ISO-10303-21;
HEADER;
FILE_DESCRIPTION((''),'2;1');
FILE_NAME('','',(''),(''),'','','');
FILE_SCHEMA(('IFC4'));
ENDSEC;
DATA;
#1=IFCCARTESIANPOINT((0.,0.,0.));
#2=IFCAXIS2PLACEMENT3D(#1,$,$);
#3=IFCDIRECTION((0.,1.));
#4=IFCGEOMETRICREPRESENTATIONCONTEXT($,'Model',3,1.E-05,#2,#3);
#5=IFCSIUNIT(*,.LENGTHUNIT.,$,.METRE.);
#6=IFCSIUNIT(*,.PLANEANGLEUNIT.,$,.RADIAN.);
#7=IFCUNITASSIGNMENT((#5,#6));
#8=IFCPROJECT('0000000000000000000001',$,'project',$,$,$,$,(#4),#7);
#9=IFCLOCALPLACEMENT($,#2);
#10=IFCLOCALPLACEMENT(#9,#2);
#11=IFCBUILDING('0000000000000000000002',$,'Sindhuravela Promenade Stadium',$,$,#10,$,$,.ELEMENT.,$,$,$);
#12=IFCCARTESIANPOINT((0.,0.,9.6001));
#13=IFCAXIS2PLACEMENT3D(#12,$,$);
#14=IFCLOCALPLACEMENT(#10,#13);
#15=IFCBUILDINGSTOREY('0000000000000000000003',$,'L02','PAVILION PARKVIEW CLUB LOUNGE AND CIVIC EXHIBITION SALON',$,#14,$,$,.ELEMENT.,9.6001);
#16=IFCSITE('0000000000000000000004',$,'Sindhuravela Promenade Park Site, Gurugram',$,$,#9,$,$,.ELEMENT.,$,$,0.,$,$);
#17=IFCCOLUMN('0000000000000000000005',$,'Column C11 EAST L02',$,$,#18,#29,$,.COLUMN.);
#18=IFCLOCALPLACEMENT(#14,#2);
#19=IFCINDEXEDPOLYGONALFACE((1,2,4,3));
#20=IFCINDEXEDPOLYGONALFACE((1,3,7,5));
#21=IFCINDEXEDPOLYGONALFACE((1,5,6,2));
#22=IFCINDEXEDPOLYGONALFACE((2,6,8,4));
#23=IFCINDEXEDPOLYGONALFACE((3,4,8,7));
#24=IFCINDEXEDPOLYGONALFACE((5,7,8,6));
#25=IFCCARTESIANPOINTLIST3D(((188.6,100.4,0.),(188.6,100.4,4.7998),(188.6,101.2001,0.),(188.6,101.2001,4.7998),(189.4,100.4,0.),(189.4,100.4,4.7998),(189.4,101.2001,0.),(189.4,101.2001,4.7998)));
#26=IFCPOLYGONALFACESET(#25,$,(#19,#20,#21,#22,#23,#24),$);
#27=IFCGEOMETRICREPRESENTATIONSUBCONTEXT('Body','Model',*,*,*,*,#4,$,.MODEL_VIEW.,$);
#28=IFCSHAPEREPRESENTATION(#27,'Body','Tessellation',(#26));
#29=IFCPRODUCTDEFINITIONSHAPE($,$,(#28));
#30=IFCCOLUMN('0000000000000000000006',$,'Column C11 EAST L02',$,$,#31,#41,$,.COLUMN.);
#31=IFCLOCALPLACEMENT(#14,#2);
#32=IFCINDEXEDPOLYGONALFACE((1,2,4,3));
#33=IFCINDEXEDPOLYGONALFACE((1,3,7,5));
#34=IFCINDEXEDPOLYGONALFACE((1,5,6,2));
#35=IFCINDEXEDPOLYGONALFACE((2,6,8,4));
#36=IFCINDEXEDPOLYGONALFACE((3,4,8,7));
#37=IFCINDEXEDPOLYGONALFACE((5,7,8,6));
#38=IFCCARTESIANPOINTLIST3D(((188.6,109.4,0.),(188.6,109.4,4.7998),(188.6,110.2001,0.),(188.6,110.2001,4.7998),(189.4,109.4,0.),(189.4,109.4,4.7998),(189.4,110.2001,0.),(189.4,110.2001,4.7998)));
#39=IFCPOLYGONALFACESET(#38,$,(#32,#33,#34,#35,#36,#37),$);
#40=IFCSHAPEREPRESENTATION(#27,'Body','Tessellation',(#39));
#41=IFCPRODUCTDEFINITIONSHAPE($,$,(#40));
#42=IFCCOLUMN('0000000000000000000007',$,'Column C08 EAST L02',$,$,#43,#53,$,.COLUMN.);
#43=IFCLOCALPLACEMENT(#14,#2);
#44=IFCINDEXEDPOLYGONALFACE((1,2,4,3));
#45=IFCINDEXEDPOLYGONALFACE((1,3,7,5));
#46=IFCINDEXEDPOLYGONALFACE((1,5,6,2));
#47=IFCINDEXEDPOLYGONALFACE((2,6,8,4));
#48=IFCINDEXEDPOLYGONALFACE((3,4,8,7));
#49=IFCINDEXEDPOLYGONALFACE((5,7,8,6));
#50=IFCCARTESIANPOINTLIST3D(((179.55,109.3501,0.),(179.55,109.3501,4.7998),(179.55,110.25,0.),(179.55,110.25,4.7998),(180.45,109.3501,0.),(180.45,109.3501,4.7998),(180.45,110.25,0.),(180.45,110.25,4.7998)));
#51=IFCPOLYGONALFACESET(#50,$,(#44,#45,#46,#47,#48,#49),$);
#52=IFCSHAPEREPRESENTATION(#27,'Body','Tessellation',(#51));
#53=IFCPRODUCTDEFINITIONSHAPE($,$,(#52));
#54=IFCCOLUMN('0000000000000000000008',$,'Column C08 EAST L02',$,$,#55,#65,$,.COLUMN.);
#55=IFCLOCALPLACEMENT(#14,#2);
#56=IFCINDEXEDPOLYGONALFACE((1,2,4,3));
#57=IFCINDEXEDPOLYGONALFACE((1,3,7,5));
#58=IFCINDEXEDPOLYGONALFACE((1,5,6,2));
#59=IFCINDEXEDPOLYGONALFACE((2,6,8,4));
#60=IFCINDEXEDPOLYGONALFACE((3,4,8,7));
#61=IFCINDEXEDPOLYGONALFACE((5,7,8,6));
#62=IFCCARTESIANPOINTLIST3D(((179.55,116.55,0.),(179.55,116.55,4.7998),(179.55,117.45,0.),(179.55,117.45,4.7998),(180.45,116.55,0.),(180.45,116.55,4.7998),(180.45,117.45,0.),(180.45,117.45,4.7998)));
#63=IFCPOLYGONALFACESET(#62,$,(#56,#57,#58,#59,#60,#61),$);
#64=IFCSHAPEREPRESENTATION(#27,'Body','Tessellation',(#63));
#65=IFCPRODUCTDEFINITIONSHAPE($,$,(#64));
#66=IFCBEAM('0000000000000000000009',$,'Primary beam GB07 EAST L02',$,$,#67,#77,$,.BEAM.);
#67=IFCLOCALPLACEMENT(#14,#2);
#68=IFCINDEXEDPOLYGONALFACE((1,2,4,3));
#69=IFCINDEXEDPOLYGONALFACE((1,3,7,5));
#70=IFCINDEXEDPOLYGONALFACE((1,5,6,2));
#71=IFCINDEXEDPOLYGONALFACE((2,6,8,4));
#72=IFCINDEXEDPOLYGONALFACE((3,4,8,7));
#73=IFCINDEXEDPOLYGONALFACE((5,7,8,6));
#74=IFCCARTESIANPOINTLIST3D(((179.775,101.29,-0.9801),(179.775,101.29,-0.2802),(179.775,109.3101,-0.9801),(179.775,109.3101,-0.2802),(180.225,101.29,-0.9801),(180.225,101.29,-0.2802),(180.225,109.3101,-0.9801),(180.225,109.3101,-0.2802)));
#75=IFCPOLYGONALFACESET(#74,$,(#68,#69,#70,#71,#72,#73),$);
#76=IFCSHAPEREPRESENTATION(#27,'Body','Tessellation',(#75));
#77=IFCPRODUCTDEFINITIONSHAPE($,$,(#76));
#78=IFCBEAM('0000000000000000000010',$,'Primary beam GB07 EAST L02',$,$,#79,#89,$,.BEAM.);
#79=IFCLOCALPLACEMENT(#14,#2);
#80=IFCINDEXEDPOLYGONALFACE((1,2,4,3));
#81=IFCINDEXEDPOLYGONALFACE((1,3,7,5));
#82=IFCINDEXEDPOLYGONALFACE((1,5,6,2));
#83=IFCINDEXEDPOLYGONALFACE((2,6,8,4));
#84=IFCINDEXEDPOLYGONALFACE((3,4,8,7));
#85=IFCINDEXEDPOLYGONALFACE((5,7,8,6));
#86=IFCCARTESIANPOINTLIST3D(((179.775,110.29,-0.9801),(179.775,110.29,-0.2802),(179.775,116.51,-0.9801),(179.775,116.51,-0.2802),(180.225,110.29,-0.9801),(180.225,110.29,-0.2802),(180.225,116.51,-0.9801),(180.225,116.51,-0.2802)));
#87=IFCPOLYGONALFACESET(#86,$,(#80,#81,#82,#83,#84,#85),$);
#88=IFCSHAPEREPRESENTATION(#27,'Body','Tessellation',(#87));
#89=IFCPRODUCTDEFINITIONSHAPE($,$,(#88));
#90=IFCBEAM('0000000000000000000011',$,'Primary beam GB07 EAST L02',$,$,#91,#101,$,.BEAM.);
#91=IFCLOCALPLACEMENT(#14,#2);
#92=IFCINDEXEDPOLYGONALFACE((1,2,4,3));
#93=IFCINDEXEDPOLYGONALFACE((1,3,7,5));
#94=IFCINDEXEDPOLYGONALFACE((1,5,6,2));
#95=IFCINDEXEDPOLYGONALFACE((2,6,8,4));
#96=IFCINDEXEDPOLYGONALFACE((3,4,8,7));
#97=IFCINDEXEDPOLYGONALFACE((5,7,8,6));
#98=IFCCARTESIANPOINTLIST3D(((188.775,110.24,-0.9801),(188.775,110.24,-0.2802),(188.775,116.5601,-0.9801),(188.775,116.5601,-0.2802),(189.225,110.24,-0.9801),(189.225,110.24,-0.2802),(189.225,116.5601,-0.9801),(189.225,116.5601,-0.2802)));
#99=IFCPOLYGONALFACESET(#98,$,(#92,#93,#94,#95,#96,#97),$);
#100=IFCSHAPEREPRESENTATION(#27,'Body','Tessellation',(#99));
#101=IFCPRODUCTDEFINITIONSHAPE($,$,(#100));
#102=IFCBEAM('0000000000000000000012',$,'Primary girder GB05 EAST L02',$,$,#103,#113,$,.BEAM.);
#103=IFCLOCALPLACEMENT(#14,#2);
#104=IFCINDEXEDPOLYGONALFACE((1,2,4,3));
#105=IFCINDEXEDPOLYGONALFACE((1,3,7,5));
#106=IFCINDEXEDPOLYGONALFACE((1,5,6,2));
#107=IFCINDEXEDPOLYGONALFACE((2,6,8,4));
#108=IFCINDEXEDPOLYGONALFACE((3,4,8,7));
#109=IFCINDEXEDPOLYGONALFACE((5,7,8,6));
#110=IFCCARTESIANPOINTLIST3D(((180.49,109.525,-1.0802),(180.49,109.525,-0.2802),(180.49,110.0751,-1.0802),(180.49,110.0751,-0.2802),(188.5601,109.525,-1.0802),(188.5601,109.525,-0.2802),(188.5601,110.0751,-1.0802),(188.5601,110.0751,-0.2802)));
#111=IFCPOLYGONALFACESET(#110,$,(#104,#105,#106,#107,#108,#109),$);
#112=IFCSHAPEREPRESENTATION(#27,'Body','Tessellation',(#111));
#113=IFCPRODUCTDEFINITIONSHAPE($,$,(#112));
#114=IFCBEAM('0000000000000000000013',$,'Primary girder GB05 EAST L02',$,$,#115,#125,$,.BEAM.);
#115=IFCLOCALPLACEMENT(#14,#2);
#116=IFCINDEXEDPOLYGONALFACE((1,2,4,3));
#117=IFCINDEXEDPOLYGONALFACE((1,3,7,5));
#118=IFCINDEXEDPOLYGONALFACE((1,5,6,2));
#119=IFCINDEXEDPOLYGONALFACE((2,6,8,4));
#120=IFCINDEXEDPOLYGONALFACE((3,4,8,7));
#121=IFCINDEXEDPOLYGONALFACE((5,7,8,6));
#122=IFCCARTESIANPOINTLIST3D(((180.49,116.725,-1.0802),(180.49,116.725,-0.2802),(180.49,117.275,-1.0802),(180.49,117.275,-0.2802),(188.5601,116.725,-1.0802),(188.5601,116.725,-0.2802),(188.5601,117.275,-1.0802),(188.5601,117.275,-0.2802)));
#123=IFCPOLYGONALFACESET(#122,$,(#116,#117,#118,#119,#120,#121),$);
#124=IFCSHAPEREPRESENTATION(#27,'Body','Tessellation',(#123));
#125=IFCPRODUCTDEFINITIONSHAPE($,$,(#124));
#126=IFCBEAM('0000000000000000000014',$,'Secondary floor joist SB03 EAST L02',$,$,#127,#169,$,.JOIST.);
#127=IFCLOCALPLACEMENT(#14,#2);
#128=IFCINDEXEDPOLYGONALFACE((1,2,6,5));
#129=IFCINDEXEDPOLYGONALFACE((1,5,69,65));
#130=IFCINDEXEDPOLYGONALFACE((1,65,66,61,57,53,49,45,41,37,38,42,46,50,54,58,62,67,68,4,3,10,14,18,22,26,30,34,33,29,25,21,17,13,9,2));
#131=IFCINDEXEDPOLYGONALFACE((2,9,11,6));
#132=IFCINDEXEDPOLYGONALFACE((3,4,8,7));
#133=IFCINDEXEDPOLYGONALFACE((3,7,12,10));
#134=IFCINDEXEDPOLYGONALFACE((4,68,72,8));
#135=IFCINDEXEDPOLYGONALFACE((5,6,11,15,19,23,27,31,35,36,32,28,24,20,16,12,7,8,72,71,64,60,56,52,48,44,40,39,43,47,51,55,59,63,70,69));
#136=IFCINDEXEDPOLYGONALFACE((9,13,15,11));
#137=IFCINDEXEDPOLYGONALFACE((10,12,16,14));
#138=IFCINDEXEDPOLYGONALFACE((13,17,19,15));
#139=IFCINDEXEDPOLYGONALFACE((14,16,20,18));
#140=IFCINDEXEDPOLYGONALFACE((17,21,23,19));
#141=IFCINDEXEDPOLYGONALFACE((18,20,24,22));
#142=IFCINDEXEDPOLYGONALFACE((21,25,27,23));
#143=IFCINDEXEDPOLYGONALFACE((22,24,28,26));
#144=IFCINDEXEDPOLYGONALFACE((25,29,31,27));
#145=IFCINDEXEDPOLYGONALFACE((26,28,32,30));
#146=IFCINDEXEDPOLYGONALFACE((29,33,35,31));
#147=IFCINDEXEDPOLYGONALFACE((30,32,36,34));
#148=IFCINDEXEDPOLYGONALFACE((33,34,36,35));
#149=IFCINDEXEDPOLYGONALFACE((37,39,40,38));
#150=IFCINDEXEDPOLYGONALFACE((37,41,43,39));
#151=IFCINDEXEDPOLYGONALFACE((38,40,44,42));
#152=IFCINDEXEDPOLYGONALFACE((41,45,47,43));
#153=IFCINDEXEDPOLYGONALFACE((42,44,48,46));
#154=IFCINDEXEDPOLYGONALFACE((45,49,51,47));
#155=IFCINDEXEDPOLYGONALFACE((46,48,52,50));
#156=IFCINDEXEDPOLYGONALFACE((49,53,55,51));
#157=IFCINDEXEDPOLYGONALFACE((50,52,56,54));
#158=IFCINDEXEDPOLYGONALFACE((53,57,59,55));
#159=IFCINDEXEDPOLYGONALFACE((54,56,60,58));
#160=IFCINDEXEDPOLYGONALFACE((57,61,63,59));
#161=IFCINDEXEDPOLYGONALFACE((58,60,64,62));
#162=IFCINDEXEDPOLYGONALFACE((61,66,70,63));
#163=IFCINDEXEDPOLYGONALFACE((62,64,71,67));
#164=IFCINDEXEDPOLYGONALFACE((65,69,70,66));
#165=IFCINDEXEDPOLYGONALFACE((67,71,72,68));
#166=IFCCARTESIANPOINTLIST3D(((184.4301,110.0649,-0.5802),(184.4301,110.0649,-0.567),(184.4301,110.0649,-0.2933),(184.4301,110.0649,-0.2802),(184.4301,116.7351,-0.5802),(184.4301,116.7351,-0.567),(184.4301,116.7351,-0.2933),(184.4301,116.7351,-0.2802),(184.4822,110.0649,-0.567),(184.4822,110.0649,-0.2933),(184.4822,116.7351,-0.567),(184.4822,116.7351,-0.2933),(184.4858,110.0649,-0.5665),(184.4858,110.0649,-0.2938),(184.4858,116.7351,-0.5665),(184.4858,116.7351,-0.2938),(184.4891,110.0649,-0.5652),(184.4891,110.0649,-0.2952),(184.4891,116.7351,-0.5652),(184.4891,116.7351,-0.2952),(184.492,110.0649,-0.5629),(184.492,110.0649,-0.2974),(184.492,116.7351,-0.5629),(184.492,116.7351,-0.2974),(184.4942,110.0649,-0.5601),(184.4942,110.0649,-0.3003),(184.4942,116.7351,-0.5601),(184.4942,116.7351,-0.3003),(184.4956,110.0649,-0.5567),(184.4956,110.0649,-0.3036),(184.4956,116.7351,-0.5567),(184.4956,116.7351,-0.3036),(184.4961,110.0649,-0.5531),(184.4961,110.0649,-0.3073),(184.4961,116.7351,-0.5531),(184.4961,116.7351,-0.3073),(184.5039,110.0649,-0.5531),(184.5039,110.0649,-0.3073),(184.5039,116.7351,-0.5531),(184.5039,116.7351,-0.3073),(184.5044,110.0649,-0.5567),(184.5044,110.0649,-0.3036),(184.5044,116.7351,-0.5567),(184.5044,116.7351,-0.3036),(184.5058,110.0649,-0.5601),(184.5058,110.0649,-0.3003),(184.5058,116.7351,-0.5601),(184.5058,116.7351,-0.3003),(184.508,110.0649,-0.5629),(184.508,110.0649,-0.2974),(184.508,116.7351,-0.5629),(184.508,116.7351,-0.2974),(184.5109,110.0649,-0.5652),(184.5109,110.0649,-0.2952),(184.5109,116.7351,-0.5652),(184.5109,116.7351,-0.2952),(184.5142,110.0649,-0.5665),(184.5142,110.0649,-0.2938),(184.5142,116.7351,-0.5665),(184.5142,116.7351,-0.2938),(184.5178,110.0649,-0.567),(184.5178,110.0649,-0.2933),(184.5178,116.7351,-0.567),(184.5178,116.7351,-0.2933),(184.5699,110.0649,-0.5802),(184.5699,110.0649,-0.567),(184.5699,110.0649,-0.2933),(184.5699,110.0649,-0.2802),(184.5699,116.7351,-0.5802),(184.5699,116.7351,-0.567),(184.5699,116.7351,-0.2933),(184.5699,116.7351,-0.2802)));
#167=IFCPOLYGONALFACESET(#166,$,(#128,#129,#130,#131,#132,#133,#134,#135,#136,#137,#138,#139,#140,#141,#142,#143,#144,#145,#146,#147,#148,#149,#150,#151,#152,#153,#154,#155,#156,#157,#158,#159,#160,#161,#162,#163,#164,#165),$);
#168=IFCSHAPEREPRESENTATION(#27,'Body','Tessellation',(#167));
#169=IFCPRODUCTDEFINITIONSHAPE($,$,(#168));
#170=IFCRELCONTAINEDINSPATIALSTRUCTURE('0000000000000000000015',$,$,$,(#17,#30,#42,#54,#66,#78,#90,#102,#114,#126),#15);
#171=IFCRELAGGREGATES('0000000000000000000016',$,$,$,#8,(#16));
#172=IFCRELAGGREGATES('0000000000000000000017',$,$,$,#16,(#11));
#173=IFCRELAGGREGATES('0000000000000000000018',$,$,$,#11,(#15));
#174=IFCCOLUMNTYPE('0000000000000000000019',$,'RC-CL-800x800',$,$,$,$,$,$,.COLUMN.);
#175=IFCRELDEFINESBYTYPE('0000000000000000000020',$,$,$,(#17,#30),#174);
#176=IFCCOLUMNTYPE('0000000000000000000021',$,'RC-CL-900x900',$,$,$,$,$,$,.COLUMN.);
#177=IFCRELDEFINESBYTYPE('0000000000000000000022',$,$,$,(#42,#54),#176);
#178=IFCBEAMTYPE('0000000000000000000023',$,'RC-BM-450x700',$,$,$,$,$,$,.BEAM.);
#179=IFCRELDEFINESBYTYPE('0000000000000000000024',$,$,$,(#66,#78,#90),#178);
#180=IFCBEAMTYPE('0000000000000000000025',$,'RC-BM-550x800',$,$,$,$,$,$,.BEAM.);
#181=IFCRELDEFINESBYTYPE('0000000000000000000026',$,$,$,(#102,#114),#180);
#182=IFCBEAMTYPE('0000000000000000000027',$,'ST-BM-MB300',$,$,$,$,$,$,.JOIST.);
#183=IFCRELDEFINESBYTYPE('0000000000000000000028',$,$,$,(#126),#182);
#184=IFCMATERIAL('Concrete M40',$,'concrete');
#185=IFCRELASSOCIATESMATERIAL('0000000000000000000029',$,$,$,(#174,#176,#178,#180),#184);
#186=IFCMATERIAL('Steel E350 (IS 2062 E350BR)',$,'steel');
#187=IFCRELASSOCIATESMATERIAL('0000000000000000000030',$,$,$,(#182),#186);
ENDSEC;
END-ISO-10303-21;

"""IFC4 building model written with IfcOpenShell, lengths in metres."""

from ifc_helpers import new_model, si_unit, direction, frame, origin, origin_2d, place, context, subcontext, project, spatial, rectangle, i_section, extrude, material, material_profile, profile_set, type_object, element, save


model = new_model("IFC4")

# Units and contexts
model_context = context("Model", 3, precision=1e-05, world=origin(), true_north=direction((0.0, 1.0)))
body_context = subcontext(model_context, "Body", "Model", "MODEL_VIEW")
ifc_project = project(units=[si_unit("LENGTHUNIT", "METRE"), si_unit("PLANEANGLEUNIT", "RADIAN")], contexts=[model_context])

# Site, building, storey
site_placement = place(None, origin())
site = spatial("IfcSite", under=ifc_project, at=site_placement, Name="Sindhuravela Promenade Park Site, Gurugram", CompositionType="ELEMENT", RefElevation=0.0)
building_placement = place(site_placement, origin())
building = spatial("IfcBuilding", under=site, at=building_placement, Name="Sindhuravela Promenade Stadium", CompositionType="ELEMENT")
storey_placement = place(building_placement, frame((0.0, 0.0, 9.6001)))
storey = spatial("IfcBuildingStorey", under=building, at=storey_placement, Name="L02", Description="PAVILION PARKVIEW CLUB LOUNGE AND CIVIC EXHIBITION SALON", CompositionType="ELEMENT", Elevation=9.6001)

# Columns
ifc_material_1 = material(Name="Concrete M40", Category="concrete")
ifc_material_profile_1 = material_profile(ifc_material_1, rectangle(XDim=0.8, YDim=0.8, at=origin_2d()), Name="RC 800x800")
ifc_profile_set_1 = profile_set([ifc_material_profile_1], Name="Concrete M40")
column_type_1 = type_object("IfcColumnType", Name="RC-CL-800x800", PredefinedType="COLUMN", material=ifc_profile_set_1)
for number, where, z_axis, x_axis, name in (
    (1, (189.0, 100.8, 0.0), (0.0, 0.0, 1.0), (1.0, 0.0, 0.0), "Column C11 EAST L02"),
    (2, (189.0, 109.8, 0.0), (0.0, 0.0, 1.0), (1.0, 0.0, 0.0), "Column C11 EAST L02"),
):
    element("IfcColumn", number, at=place(storey_placement, frame(where, z_axis=z_axis, x_axis=x_axis)), inside=storey, type_object=column_type_1, Name=name, PredefinedType="COLUMN", context=body_context, shape_type="SweptSolid", body=[
        extrude(rectangle(XDim=0.8, YDim=0.8, at=origin_2d()), origin(), (0.0, 0.0, 1.0), 4.7998),
    ])
ifc_material_profile_2 = material_profile(ifc_material_1, rectangle(XDim=0.8999, YDim=0.8999, at=origin_2d()), Name="RC 900x900")
ifc_profile_set_2 = profile_set([ifc_material_profile_2], Name="Concrete M40")
column_type_2 = type_object("IfcColumnType", Name="RC-CL-900x900", PredefinedType="COLUMN", material=ifc_profile_set_2)
for number, where, z_axis, x_axis, name in (
    (3, (180.0, 109.8, 0.0), (0.0, 0.0, 1.0), (1.0, 0.0, 0.0), "Column C08 EAST L02"),
    (4, (180.0, 117.0, 0.0), (0.0, 0.0, 1.0), (1.0, 0.0, 0.0), "Column C08 EAST L02"),
):
    element("IfcColumn", number, at=place(storey_placement, frame(where, z_axis=z_axis, x_axis=x_axis)), inside=storey, type_object=column_type_2, Name=name, PredefinedType="COLUMN", context=body_context, shape_type="SweptSolid", body=[
        extrude(rectangle(XDim=0.8999, YDim=0.8999, at=origin_2d()), origin(), (0.0, 0.0, 1.0), 4.7998),
    ])

# Beams
ifc_material_profile_3 = material_profile(ifc_material_1, rectangle(XDim=0.45, YDim=0.7, at=origin_2d()), Name="RC 450x700")
ifc_profile_set_3 = profile_set([ifc_material_profile_3], Name="Concrete M40")
beam_type_1 = type_object("IfcBeamType", Name="RC-BM-450x700", PredefinedType="BEAM", material=ifc_profile_set_3)
beam_1_placement = place(storey_placement, frame((180.0, 101.29, -0.6301), z_axis=(0.0, 1.0, 0.0), x_axis=(-1.0, 0.0, 0.0)))
element("IfcBeam", 5, at=beam_1_placement, inside=storey, type_object=beam_type_1, Name="Primary beam GB07 EAST L02", PredefinedType="BEAM", context=body_context, shape_type="SweptSolid", body=[
    extrude(rectangle(XDim=0.45, YDim=0.7, at=origin_2d()), origin(), (0.0, 0.0, 1.0), 8.02),
])
beam_2_placement = place(storey_placement, frame((180.0, 110.29, -0.6301), z_axis=(0.0, 1.0, 0.0), x_axis=(-1.0, 0.0, 0.0)))
element("IfcBeam", 6, at=beam_2_placement, inside=storey, type_object=beam_type_1, Name="Primary beam GB07 EAST L02", PredefinedType="BEAM", context=body_context, shape_type="SweptSolid", body=[
    extrude(rectangle(XDim=0.45, YDim=0.7, at=origin_2d()), origin(), (0.0, 0.0, 1.0), 6.22),
])
beam_3_placement = place(storey_placement, frame((189.0, 110.24, -0.6301), z_axis=(0.0, 1.0, 0.0), x_axis=(-1.0, 0.0, 0.0)))
element("IfcBeam", 7, at=beam_3_placement, inside=storey, type_object=beam_type_1, Name="Primary beam GB07 EAST L02", PredefinedType="BEAM", context=body_context, shape_type="SweptSolid", body=[
    extrude(rectangle(XDim=0.45, YDim=0.7, at=origin_2d()), origin(), (0.0, 0.0, 1.0), 6.3201),
])
ifc_material_profile_4 = material_profile(ifc_material_1, rectangle(XDim=0.55, YDim=0.8, at=origin_2d()), Name="RC 550x800")
ifc_profile_set_4 = profile_set([ifc_material_profile_4], Name="Concrete M40")
beam_type_2 = type_object("IfcBeamType", Name="RC-BM-550x800", PredefinedType="BEAM", material=ifc_profile_set_4)
for number, where, z_axis, x_axis, name in (
    (8, (180.49, 109.8, -0.6802), (1.0, 0.0, 0.0), (0.0, 1.0, 0.0), "Primary girder GB05 EAST L02"),
    (9, (180.49, 117.0, -0.6802), (1.0, 0.0, 0.0), (0.0, 1.0, 0.0), "Primary girder GB05 EAST L02"),
):
    element("IfcBeam", number, at=place(storey_placement, frame(where, z_axis=z_axis, x_axis=x_axis)), inside=storey, type_object=beam_type_2, Name=name, PredefinedType="BEAM", context=body_context, shape_type="SweptSolid", body=[
        extrude(rectangle(XDim=0.55, YDim=0.8, at=origin_2d()), origin(), (0.0, 0.0, 1.0), 8.0701),
    ])
ifc_material_2 = material(Name="Steel E350 (IS 2062 E350BR)", Category="steel")
ifc_material_profile_5 = material_profile(ifc_material_2, i_section(OverallWidth=0.1399, OverallDepth=0.3, WebThickness=0.0078, FlangeThickness=0.0132, FilletRadius=0.0139, at=origin_2d()), Name="ISMB 300")
ifc_profile_set_5 = profile_set([ifc_material_profile_5], Name="Steel E350 (IS 2062 E350BR)")
beam_type_3 = type_object("IfcBeamType", Name="ST-BM-MB300", PredefinedType="JOIST", material=ifc_profile_set_5)
beam_4_placement = place(storey_placement, frame((184.5, 110.0649, -0.4302), z_axis=(0.0, 1.0, 0.0), x_axis=(-1.0, 0.0, 0.0)))
element("IfcBeam", 10, at=beam_4_placement, inside=storey, type_object=beam_type_3, Name="Secondary floor joist SB03 EAST L02", PredefinedType="JOIST", context=body_context, shape_type="SweptSolid", body=[
    extrude(i_section(OverallWidth=0.1399, OverallDepth=0.3, WebThickness=0.0078, FlangeThickness=0.0132, FilletRadius=0.0139, at=origin_2d()), origin(), (0.0, 0.0, 1.0), 6.6702),
])

save(model, "model.ifc")
